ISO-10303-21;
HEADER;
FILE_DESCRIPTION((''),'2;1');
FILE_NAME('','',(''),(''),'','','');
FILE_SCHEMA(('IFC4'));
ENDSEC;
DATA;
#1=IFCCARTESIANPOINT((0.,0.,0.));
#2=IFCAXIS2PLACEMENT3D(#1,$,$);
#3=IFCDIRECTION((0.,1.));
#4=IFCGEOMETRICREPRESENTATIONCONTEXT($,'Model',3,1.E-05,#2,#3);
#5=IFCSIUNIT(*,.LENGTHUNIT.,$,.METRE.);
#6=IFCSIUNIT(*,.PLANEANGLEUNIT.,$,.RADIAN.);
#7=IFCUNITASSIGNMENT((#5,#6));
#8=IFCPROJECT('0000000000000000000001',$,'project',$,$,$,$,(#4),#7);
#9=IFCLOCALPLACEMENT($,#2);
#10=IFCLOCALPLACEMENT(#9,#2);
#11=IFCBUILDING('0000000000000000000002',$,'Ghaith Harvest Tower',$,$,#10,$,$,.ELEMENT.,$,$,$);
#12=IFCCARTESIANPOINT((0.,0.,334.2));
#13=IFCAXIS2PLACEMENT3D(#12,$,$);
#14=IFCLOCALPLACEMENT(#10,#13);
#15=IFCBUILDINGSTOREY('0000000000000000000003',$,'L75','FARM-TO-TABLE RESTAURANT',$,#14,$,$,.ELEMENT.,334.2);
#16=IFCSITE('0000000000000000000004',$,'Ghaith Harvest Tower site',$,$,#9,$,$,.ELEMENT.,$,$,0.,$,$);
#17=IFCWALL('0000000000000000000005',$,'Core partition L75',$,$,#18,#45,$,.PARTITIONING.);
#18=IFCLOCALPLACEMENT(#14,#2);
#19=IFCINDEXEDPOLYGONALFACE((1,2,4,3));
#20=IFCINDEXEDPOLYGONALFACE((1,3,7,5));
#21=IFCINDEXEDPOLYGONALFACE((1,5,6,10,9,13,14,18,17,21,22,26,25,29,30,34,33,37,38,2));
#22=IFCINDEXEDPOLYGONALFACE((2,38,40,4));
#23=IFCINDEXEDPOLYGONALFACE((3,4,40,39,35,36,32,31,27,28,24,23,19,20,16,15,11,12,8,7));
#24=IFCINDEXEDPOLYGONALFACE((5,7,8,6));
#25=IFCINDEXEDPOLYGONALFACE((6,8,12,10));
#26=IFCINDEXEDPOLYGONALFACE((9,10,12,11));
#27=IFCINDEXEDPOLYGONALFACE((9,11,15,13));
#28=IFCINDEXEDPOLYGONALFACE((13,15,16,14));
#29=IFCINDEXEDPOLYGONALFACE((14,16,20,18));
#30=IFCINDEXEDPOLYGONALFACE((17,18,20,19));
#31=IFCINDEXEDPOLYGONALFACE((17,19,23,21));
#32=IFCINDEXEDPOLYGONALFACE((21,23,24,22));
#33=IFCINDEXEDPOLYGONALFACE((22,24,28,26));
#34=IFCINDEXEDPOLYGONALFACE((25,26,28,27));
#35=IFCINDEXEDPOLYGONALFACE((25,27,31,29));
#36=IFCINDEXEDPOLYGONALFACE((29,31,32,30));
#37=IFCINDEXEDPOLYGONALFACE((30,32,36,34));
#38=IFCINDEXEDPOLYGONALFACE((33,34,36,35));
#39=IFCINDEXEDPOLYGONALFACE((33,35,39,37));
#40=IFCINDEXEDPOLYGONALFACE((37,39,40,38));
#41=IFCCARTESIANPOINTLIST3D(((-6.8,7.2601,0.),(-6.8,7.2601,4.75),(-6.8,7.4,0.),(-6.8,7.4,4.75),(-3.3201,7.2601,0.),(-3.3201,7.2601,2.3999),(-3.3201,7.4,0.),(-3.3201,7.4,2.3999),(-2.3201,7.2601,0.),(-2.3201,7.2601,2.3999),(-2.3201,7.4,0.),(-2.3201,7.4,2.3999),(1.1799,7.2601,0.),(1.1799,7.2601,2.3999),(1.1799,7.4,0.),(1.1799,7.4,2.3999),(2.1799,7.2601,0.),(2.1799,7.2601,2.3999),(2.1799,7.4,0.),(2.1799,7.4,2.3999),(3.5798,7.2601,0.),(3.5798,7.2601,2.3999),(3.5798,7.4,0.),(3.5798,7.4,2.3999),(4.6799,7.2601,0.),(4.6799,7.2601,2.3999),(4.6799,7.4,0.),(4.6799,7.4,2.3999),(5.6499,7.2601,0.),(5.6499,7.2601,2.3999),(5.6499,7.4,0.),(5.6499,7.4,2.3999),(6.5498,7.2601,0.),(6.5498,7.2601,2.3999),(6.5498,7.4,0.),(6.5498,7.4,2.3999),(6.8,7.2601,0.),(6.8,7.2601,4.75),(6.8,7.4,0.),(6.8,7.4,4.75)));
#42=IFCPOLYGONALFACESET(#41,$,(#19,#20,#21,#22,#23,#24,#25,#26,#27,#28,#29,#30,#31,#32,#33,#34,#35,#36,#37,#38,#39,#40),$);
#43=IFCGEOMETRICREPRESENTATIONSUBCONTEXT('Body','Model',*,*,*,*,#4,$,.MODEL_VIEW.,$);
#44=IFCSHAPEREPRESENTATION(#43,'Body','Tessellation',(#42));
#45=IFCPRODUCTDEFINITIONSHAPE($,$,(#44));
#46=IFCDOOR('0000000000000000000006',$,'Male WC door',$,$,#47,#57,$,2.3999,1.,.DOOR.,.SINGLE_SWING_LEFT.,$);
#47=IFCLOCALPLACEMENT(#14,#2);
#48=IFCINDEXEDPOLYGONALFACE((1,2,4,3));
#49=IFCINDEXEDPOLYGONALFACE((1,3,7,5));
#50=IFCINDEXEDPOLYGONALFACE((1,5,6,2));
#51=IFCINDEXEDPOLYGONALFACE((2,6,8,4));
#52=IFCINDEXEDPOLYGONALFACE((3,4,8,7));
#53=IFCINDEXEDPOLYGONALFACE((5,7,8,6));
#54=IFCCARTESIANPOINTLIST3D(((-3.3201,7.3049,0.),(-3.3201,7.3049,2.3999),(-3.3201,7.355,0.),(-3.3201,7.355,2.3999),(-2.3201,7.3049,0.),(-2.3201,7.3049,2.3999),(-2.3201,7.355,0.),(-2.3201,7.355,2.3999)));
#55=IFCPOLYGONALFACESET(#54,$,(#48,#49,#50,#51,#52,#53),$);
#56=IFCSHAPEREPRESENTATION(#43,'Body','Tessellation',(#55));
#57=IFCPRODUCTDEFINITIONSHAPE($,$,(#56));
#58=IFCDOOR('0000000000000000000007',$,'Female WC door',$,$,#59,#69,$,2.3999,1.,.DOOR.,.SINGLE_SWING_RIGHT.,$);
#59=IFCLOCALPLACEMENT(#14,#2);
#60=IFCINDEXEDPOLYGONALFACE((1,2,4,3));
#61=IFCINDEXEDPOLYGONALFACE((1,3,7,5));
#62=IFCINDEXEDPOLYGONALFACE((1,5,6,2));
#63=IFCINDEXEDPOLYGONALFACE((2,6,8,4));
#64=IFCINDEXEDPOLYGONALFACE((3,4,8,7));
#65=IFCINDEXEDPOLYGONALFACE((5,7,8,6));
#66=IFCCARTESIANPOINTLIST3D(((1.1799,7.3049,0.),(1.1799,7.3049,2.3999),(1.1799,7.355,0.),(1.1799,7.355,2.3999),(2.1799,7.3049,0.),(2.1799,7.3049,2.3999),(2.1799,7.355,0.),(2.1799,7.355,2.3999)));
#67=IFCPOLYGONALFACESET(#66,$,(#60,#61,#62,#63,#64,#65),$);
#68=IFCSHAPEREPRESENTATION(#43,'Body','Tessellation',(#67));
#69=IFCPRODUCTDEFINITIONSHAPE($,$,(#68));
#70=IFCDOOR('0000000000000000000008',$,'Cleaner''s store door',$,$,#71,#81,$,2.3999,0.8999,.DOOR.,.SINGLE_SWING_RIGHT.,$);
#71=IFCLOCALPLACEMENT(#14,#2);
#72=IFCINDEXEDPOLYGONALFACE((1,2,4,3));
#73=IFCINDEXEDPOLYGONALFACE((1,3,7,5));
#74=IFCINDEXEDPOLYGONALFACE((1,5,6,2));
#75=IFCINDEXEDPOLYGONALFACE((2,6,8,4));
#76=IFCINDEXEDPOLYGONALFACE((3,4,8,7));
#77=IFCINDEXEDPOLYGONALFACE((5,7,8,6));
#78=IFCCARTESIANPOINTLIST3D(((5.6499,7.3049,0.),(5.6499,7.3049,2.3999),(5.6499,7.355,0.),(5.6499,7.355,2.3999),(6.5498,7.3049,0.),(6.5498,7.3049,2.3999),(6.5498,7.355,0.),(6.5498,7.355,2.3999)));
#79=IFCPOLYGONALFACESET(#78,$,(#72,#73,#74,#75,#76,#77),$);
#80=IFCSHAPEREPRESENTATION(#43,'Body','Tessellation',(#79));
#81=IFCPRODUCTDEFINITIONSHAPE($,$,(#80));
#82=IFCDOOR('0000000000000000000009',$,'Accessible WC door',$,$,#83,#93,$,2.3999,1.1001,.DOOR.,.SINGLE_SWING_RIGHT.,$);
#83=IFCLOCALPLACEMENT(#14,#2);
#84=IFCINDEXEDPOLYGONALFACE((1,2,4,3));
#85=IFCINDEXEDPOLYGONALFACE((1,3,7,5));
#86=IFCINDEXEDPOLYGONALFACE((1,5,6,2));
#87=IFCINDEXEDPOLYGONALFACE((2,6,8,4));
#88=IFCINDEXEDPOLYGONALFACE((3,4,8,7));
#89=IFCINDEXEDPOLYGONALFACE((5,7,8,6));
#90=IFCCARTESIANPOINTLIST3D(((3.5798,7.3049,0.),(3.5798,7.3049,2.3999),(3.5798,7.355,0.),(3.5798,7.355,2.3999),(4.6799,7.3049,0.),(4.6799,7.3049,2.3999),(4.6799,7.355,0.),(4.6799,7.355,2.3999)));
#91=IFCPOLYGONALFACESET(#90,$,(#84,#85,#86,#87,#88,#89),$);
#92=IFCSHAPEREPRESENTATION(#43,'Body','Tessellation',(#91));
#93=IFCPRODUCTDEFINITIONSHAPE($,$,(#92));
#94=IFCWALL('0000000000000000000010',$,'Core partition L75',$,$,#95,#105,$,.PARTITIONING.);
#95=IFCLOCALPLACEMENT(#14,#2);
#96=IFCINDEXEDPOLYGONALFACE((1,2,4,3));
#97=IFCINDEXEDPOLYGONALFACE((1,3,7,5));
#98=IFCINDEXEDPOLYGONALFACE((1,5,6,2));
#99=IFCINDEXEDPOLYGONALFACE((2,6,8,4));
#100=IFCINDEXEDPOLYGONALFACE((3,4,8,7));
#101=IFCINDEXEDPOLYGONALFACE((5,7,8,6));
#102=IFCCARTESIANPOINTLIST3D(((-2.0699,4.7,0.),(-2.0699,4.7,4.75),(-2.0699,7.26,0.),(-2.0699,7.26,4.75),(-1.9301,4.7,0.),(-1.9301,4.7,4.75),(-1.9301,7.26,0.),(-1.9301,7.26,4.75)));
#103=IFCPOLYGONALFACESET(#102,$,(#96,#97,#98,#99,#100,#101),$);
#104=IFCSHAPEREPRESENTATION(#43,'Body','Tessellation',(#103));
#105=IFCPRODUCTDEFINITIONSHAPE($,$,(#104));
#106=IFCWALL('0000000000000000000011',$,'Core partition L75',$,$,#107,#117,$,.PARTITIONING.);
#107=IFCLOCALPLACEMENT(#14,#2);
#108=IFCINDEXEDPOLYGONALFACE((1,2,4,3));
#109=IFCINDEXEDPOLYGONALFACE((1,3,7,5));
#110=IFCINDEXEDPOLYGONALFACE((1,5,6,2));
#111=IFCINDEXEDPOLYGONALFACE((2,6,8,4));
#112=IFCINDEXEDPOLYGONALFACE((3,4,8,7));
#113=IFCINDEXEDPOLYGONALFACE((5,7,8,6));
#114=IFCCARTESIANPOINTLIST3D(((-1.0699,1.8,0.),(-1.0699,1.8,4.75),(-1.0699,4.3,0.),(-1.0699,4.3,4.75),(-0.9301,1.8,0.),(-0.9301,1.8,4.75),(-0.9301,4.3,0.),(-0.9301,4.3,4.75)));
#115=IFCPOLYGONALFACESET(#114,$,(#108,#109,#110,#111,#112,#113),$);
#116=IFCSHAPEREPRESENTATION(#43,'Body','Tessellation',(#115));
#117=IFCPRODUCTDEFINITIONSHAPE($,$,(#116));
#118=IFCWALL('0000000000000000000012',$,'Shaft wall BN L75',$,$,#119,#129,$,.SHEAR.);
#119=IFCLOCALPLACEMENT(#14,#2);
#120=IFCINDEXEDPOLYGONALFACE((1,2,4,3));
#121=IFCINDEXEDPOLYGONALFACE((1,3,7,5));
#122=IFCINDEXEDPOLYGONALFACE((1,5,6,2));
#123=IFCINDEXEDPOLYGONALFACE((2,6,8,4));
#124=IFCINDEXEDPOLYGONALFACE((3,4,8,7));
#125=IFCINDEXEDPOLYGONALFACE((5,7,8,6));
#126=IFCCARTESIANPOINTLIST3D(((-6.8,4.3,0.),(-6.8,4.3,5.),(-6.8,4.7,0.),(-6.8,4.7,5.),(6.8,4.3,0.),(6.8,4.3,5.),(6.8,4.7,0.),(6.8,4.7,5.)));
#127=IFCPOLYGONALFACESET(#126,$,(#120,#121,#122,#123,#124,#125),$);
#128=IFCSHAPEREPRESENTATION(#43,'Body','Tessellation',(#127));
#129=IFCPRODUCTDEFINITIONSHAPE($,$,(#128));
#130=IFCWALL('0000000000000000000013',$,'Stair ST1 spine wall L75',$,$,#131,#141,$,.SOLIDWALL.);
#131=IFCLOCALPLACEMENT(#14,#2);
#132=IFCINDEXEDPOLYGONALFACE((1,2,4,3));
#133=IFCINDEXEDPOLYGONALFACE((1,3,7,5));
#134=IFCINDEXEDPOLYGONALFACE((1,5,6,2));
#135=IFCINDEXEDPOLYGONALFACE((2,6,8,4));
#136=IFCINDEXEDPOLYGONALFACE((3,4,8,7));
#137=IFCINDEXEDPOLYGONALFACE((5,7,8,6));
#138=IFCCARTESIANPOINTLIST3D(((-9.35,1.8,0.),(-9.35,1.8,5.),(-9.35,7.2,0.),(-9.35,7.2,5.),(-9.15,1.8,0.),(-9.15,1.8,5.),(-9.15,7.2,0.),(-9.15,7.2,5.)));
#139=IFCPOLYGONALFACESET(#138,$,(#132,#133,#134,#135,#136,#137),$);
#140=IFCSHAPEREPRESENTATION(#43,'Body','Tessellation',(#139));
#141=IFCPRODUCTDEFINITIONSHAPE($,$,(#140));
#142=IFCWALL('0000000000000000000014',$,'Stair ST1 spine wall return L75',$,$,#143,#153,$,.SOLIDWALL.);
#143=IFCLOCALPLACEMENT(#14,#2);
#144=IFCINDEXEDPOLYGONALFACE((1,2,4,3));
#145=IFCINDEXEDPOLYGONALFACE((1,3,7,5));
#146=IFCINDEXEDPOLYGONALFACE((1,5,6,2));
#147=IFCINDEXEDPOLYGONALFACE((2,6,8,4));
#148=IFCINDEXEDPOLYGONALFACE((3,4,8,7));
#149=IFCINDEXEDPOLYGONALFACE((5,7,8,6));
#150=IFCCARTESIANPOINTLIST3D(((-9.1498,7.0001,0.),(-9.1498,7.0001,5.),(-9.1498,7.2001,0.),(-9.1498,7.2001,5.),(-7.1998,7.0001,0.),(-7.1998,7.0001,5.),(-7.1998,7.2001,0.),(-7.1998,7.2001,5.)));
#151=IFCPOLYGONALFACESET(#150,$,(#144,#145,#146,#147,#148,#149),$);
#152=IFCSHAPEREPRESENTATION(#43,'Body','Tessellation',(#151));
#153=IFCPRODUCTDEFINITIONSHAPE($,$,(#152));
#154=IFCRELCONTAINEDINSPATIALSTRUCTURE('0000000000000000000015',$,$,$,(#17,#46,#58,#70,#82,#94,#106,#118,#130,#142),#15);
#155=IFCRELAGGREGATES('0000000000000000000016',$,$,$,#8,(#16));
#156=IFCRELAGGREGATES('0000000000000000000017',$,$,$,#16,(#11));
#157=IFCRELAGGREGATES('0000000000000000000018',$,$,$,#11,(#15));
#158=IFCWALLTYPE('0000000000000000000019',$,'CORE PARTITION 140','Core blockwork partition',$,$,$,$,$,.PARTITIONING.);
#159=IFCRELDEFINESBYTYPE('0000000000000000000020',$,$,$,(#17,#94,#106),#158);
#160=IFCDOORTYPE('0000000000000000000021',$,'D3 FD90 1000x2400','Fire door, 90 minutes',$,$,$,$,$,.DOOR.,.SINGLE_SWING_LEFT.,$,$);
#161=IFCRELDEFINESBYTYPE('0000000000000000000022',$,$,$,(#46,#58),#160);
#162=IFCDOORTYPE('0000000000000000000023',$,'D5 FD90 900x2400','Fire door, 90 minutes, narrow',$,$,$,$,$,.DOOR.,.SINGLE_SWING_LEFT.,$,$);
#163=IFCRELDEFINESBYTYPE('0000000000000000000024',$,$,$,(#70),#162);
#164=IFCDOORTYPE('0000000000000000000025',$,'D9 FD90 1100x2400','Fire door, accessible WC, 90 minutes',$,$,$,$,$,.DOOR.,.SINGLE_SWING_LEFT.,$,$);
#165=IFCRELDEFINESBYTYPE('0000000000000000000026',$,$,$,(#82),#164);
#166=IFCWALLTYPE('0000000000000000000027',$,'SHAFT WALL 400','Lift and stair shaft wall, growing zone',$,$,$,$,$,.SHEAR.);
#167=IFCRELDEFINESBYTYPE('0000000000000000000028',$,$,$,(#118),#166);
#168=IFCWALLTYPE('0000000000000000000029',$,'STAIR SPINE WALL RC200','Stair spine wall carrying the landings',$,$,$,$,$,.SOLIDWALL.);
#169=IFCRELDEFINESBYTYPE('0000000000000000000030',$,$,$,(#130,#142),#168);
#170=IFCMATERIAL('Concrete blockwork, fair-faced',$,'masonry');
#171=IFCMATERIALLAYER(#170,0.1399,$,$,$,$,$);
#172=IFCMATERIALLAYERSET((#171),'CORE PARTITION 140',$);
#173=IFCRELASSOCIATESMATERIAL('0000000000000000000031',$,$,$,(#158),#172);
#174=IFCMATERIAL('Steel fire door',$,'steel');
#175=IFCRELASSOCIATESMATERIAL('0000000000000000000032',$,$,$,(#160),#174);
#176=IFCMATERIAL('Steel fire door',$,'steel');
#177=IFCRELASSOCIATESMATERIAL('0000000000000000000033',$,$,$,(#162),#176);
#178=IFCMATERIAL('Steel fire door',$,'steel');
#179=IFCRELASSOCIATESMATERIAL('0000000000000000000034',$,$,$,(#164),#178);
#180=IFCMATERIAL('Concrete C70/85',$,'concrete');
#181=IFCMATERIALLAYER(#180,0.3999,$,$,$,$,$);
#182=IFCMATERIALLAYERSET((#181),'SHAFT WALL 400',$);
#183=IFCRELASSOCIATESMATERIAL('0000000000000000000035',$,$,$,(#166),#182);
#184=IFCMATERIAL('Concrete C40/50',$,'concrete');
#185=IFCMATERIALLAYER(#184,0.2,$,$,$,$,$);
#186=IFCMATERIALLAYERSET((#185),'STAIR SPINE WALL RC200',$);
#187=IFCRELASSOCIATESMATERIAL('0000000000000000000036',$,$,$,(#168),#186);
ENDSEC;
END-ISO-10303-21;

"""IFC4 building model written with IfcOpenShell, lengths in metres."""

from ifc_helpers import new_model, si_unit, direction, frame, frame_2d, origin, place, context, subcontext, project, spatial, rectangle, extrude, material, layer, layer_set, type_object, element, fill, save


model = new_model("IFC4")

# Units and contexts
model_context = context("Model", 3, precision=1e-05, world=origin(), true_north=direction((0.0, 1.0)))
body_context = subcontext(model_context, "Body", "Model", "MODEL_VIEW")
ifc_project = project(units=[si_unit("LENGTHUNIT", "METRE"), si_unit("PLANEANGLEUNIT", "RADIAN")], contexts=[model_context])

# Site, building, storey
site_placement = place(None, origin())
site = spatial("IfcSite", under=ifc_project, at=site_placement, Name="Ghaith Harvest Tower site", CompositionType="ELEMENT", RefElevation=0.0)
building_placement = place(site_placement, origin())
building = spatial("IfcBuilding", under=site, at=building_placement, Name="Ghaith Harvest Tower", CompositionType="ELEMENT")
storey_placement = place(building_placement, frame((0.0, 0.0, 334.2)))
storey = spatial("IfcBuildingStorey", under=building, at=storey_placement, Name="L75", Description="FARM-TO-TABLE RESTAURANT", CompositionType="ELEMENT", Elevation=334.2)

# Wall, openings, doors
ifc_material_1 = material(Name="Concrete blockwork, fair-faced", Category="masonry")
ifc_layer_1 = layer(ifc_material_1, 0.1399)
ifc_layer_set_1 = layer_set([ifc_layer_1], Name="CORE PARTITION 140")
wall_type_1 = type_object("IfcWallType", Name="CORE PARTITION 140", Description="Core blockwork partition", PredefinedType="PARTITIONING", material=ifc_layer_set_1)
wall_1_placement = place(storey_placement, frame((-6.8, 7.3301, 0.0), z_axis=(0.0, 0.0, 1.0), x_axis=(1.0, 0.0, 0.0)))
wall_1 = element("IfcWall", 1, at=wall_1_placement, inside=storey, type_object=wall_type_1, Name="Core partition L75", PredefinedType="PARTITIONING", context=body_context, shape_type="SweptSolid", body=[
    extrude(rectangle(XDim=13.6001, YDim=0.1399, at=frame_2d((6.8, 0.0))), origin(), (0.0, 0.0, 1.0), 4.75),
])
opening_1_placement = place(wall_1_placement, frame((3.48, 0.0, 0.0)))
opening_1 = element("IfcOpeningElement", 2, at=opening_1_placement, cuts=wall_1, PredefinedType="OPENING", context=body_context, shape_type="SweptSolid", body=[
    extrude(rectangle(XDim=1.0, YDim=2.3999, at=frame_2d((0.5, 1.2))), frame((0.0, 0.0801, 0.0), z_axis=(0.0, -1.0, 0.0), x_axis=(1.0, 0.0, 0.0)), (0.0, 0.0, 1.0), 0.1599),
])
opening_2_placement = place(wall_1_placement, frame((7.98, 0.0, 0.0)))
opening_2 = element("IfcOpeningElement", 3, at=opening_2_placement, cuts=wall_1, PredefinedType="OPENING", context=body_context, shape_type="SweptSolid", body=[
    extrude(rectangle(XDim=1.0, YDim=2.3999, at=frame_2d((0.5, 1.2))), frame((0.0, 0.0801, 0.0), z_axis=(0.0, -1.0, 0.0), x_axis=(1.0, 0.0, 0.0)), (0.0, 0.0, 1.0), 0.1599),
])
opening_3_placement = place(wall_1_placement, frame((10.3799, 0.0, 0.0)))
opening_3 = element("IfcOpeningElement", 4, at=opening_3_placement, cuts=wall_1, PredefinedType="OPENING", context=body_context, shape_type="SweptSolid", body=[
    extrude(rectangle(XDim=1.1001, YDim=2.3999, at=frame_2d((0.55, 1.2))), frame((0.0, 0.0801, 0.0), z_axis=(0.0, -1.0, 0.0), x_axis=(1.0, 0.0, 0.0)), (0.0, 0.0, 1.0), 0.1599),
])
opening_4_placement = place(wall_1_placement, frame((12.45, 0.0, 0.0)))
opening_4 = element("IfcOpeningElement", 5, at=opening_4_placement, cuts=wall_1, PredefinedType="OPENING", context=body_context, shape_type="SweptSolid", body=[
    extrude(rectangle(XDim=0.8999, YDim=2.3999, at=frame_2d((0.45, 1.2))), frame((0.0, 0.0801, 0.0), z_axis=(0.0, -1.0, 0.0), x_axis=(1.0, 0.0, 0.0)), (0.0, 0.0, 1.0), 0.1599),
])
ifc_material_2 = material(Name="Steel fire door", Category="steel")
door_type_1 = type_object("IfcDoorType", Name="D3 FD90 1000x2400", Description="Fire door, 90 minutes", OperationType="SINGLE_SWING_LEFT", PredefinedType="DOOR", material=ifc_material_2)
door_1_placement = place(opening_1_placement, origin())
door_1 = element("IfcDoor", 6, at=door_1_placement, inside=storey, type_object=door_type_1, Name="Male WC door", OperationType="SINGLE_SWING_LEFT", OverallHeight=2.3999, OverallWidth=1.0, PredefinedType="DOOR", context=body_context, shape_type="SweptSolid", body=[
    extrude(rectangle(XDim=1.0, YDim=2.3999, at=frame_2d((0.5, 1.2))), frame((0.0, 0.0249, 0.0), z_axis=(0.0, -1.0, 0.0), x_axis=(1.0, 0.0, 0.0)), (0.0, 0.0, 1.0), 0.05),
])
fill(opening_1, door_1)
door_2_placement = place(opening_2_placement, origin())
door_2 = element("IfcDoor", 7, at=door_2_placement, inside=storey, type_object=door_type_1, Name="Female WC door", OperationType="SINGLE_SWING_RIGHT", OverallHeight=2.3999, OverallWidth=1.0, PredefinedType="DOOR", context=body_context, shape_type="SweptSolid", body=[
    extrude(rectangle(XDim=1.0, YDim=2.3999, at=frame_2d((0.5, 1.2))), frame((0.0, 0.0249, 0.0), z_axis=(0.0, -1.0, 0.0), x_axis=(1.0, 0.0, 0.0)), (0.0, 0.0, 1.0), 0.05),
])
fill(opening_2, door_2)
ifc_material_3 = material(Name="Steel fire door", Category="steel")
door_type_2 = type_object("IfcDoorType", Name="D5 FD90 900x2400", Description="Fire door, 90 minutes, narrow", OperationType="SINGLE_SWING_LEFT", PredefinedType="DOOR", material=ifc_material_3)
door_3_placement = place(opening_4_placement, origin())
door_3 = element("IfcDoor", 8, at=door_3_placement, inside=storey, type_object=door_type_2, Name="Cleaner's store door", OperationType="SINGLE_SWING_RIGHT", OverallHeight=2.3999, OverallWidth=0.8999, PredefinedType="DOOR", context=body_context, shape_type="SweptSolid", body=[
    extrude(rectangle(XDim=0.8999, YDim=2.3999, at=frame_2d((0.45, 1.2))), frame((0.0, 0.0249, 0.0), z_axis=(0.0, -1.0, 0.0), x_axis=(1.0, 0.0, 0.0)), (0.0, 0.0, 1.0), 0.05),
])
fill(opening_4, door_3)
ifc_material_4 = material(Name="Steel fire door", Category="steel")
door_type_3 = type_object("IfcDoorType", Name="D9 FD90 1100x2400", Description="Fire door, accessible WC, 90 minutes", OperationType="SINGLE_SWING_LEFT", PredefinedType="DOOR", material=ifc_material_4)
door_4_placement = place(opening_3_placement, origin())
door_4 = element("IfcDoor", 9, at=door_4_placement, inside=storey, type_object=door_type_3, Name="Accessible WC door", OperationType="SINGLE_SWING_RIGHT", OverallHeight=2.3999, OverallWidth=1.1001, PredefinedType="DOOR", context=body_context, shape_type="SweptSolid", body=[
    extrude(rectangle(XDim=1.1001, YDim=2.3999, at=frame_2d((0.55, 1.2))), frame((0.0, 0.0249, 0.0), z_axis=(0.0, -1.0, 0.0), x_axis=(1.0, 0.0, 0.0)), (0.0, 0.0, 1.0), 0.05),
])
fill(opening_3, door_4)

# Walls
wall_2_placement = place(storey_placement, frame((-2.0, 4.7, 0.0), z_axis=(0.0, 0.0, 1.0), x_axis=(0.0, 1.0, 0.0)))
element("IfcWall", 10, at=wall_2_placement, inside=storey, type_object=wall_type_1, Name="Core partition L75", PredefinedType="PARTITIONING", context=body_context, shape_type="SweptSolid", body=[
    extrude(rectangle(XDim=2.5601, YDim=0.1399, at=frame_2d((1.28, 0.0))), origin(), (0.0, 0.0, 1.0), 4.75),
])
wall_3_placement = place(storey_placement, frame((-1.0, 1.8, 0.0), z_axis=(0.0, 0.0, 1.0), x_axis=(0.0, 1.0, 0.0)))
element("IfcWall", 11, at=wall_3_placement, inside=storey, type_object=wall_type_1, Name="Core partition L75", PredefinedType="PARTITIONING", context=body_context, shape_type="SweptSolid", body=[
    extrude(rectangle(XDim=2.5, YDim=0.1399, at=frame_2d((1.25, 0.0))), origin(), (0.0, 0.0, 1.0), 4.75),
])

# Shared definitions
ifc_material_5 = material(Name="Concrete C70/85", Category="concrete")
ifc_layer_2 = layer(ifc_material_5, 0.3999)
ifc_layer_set_2 = layer_set([ifc_layer_2], Name="SHAFT WALL 400")
wall_type_2 = type_object("IfcWallType", Name="SHAFT WALL 400", Description="Lift and stair shaft wall, growing zone", PredefinedType="SHEAR", material=ifc_layer_set_2)

# Walls
wall_4_placement = place(storey_placement, frame((-6.8, 4.5, 0.0), z_axis=(0.0, 0.0, 1.0), x_axis=(1.0, 0.0, 0.0)))
element("IfcWall", 12, at=wall_4_placement, inside=storey, type_object=wall_type_2, Name="Shaft wall BN L75", PredefinedType="SHEAR", context=body_context, shape_type="SweptSolid", body=[
    extrude(rectangle(XDim=13.6001, YDim=0.3999, at=frame_2d((6.8, 0.0))), origin(), (0.0, 0.0, 1.0), 5.0),
])
ifc_material_6 = material(Name="Concrete C40/50", Category="concrete")
ifc_layer_3 = layer(ifc_material_6, 0.2)
ifc_layer_set_3 = layer_set([ifc_layer_3], Name="STAIR SPINE WALL RC200")
wall_type_3 = type_object("IfcWallType", Name="STAIR SPINE WALL RC200", Description="Stair spine wall carrying the landings", PredefinedType="SOLIDWALL", material=ifc_layer_set_3)
wall_5_placement = place(storey_placement, frame((-9.25, 7.2, 0.0), z_axis=(0.0, 0.0, 1.0), x_axis=(0.0, -1.0, 0.0)))
element("IfcWall", 13, at=wall_5_placement, inside=storey, type_object=wall_type_3, Name="Stair ST1 spine wall L75", PredefinedType="SOLIDWALL", context=body_context, shape_type="SweptSolid", body=[
    extrude(rectangle(XDim=5.3999, YDim=0.2, at=frame_2d((2.7, 0.0))), origin(), (0.0, 0.0, 1.0), 5.0),
])
wall_6_placement = place(storey_placement, frame((-9.1499, 7.1001, 0.0), z_axis=(0.0, 0.0, 1.0), x_axis=(1.0, 0.0, 0.0)))
element("IfcWall", 14, at=wall_6_placement, inside=storey, type_object=wall_type_3, Name="Stair ST1 spine wall return L75", PredefinedType="SOLIDWALL", context=body_context, shape_type="SweptSolid", body=[
    extrude(rectangle(XDim=1.95, YDim=0.2, at=frame_2d((0.9751, 0.0))), origin(), (0.0, 0.0, 1.0), 5.0),
])

save(model, "model.ifc")
